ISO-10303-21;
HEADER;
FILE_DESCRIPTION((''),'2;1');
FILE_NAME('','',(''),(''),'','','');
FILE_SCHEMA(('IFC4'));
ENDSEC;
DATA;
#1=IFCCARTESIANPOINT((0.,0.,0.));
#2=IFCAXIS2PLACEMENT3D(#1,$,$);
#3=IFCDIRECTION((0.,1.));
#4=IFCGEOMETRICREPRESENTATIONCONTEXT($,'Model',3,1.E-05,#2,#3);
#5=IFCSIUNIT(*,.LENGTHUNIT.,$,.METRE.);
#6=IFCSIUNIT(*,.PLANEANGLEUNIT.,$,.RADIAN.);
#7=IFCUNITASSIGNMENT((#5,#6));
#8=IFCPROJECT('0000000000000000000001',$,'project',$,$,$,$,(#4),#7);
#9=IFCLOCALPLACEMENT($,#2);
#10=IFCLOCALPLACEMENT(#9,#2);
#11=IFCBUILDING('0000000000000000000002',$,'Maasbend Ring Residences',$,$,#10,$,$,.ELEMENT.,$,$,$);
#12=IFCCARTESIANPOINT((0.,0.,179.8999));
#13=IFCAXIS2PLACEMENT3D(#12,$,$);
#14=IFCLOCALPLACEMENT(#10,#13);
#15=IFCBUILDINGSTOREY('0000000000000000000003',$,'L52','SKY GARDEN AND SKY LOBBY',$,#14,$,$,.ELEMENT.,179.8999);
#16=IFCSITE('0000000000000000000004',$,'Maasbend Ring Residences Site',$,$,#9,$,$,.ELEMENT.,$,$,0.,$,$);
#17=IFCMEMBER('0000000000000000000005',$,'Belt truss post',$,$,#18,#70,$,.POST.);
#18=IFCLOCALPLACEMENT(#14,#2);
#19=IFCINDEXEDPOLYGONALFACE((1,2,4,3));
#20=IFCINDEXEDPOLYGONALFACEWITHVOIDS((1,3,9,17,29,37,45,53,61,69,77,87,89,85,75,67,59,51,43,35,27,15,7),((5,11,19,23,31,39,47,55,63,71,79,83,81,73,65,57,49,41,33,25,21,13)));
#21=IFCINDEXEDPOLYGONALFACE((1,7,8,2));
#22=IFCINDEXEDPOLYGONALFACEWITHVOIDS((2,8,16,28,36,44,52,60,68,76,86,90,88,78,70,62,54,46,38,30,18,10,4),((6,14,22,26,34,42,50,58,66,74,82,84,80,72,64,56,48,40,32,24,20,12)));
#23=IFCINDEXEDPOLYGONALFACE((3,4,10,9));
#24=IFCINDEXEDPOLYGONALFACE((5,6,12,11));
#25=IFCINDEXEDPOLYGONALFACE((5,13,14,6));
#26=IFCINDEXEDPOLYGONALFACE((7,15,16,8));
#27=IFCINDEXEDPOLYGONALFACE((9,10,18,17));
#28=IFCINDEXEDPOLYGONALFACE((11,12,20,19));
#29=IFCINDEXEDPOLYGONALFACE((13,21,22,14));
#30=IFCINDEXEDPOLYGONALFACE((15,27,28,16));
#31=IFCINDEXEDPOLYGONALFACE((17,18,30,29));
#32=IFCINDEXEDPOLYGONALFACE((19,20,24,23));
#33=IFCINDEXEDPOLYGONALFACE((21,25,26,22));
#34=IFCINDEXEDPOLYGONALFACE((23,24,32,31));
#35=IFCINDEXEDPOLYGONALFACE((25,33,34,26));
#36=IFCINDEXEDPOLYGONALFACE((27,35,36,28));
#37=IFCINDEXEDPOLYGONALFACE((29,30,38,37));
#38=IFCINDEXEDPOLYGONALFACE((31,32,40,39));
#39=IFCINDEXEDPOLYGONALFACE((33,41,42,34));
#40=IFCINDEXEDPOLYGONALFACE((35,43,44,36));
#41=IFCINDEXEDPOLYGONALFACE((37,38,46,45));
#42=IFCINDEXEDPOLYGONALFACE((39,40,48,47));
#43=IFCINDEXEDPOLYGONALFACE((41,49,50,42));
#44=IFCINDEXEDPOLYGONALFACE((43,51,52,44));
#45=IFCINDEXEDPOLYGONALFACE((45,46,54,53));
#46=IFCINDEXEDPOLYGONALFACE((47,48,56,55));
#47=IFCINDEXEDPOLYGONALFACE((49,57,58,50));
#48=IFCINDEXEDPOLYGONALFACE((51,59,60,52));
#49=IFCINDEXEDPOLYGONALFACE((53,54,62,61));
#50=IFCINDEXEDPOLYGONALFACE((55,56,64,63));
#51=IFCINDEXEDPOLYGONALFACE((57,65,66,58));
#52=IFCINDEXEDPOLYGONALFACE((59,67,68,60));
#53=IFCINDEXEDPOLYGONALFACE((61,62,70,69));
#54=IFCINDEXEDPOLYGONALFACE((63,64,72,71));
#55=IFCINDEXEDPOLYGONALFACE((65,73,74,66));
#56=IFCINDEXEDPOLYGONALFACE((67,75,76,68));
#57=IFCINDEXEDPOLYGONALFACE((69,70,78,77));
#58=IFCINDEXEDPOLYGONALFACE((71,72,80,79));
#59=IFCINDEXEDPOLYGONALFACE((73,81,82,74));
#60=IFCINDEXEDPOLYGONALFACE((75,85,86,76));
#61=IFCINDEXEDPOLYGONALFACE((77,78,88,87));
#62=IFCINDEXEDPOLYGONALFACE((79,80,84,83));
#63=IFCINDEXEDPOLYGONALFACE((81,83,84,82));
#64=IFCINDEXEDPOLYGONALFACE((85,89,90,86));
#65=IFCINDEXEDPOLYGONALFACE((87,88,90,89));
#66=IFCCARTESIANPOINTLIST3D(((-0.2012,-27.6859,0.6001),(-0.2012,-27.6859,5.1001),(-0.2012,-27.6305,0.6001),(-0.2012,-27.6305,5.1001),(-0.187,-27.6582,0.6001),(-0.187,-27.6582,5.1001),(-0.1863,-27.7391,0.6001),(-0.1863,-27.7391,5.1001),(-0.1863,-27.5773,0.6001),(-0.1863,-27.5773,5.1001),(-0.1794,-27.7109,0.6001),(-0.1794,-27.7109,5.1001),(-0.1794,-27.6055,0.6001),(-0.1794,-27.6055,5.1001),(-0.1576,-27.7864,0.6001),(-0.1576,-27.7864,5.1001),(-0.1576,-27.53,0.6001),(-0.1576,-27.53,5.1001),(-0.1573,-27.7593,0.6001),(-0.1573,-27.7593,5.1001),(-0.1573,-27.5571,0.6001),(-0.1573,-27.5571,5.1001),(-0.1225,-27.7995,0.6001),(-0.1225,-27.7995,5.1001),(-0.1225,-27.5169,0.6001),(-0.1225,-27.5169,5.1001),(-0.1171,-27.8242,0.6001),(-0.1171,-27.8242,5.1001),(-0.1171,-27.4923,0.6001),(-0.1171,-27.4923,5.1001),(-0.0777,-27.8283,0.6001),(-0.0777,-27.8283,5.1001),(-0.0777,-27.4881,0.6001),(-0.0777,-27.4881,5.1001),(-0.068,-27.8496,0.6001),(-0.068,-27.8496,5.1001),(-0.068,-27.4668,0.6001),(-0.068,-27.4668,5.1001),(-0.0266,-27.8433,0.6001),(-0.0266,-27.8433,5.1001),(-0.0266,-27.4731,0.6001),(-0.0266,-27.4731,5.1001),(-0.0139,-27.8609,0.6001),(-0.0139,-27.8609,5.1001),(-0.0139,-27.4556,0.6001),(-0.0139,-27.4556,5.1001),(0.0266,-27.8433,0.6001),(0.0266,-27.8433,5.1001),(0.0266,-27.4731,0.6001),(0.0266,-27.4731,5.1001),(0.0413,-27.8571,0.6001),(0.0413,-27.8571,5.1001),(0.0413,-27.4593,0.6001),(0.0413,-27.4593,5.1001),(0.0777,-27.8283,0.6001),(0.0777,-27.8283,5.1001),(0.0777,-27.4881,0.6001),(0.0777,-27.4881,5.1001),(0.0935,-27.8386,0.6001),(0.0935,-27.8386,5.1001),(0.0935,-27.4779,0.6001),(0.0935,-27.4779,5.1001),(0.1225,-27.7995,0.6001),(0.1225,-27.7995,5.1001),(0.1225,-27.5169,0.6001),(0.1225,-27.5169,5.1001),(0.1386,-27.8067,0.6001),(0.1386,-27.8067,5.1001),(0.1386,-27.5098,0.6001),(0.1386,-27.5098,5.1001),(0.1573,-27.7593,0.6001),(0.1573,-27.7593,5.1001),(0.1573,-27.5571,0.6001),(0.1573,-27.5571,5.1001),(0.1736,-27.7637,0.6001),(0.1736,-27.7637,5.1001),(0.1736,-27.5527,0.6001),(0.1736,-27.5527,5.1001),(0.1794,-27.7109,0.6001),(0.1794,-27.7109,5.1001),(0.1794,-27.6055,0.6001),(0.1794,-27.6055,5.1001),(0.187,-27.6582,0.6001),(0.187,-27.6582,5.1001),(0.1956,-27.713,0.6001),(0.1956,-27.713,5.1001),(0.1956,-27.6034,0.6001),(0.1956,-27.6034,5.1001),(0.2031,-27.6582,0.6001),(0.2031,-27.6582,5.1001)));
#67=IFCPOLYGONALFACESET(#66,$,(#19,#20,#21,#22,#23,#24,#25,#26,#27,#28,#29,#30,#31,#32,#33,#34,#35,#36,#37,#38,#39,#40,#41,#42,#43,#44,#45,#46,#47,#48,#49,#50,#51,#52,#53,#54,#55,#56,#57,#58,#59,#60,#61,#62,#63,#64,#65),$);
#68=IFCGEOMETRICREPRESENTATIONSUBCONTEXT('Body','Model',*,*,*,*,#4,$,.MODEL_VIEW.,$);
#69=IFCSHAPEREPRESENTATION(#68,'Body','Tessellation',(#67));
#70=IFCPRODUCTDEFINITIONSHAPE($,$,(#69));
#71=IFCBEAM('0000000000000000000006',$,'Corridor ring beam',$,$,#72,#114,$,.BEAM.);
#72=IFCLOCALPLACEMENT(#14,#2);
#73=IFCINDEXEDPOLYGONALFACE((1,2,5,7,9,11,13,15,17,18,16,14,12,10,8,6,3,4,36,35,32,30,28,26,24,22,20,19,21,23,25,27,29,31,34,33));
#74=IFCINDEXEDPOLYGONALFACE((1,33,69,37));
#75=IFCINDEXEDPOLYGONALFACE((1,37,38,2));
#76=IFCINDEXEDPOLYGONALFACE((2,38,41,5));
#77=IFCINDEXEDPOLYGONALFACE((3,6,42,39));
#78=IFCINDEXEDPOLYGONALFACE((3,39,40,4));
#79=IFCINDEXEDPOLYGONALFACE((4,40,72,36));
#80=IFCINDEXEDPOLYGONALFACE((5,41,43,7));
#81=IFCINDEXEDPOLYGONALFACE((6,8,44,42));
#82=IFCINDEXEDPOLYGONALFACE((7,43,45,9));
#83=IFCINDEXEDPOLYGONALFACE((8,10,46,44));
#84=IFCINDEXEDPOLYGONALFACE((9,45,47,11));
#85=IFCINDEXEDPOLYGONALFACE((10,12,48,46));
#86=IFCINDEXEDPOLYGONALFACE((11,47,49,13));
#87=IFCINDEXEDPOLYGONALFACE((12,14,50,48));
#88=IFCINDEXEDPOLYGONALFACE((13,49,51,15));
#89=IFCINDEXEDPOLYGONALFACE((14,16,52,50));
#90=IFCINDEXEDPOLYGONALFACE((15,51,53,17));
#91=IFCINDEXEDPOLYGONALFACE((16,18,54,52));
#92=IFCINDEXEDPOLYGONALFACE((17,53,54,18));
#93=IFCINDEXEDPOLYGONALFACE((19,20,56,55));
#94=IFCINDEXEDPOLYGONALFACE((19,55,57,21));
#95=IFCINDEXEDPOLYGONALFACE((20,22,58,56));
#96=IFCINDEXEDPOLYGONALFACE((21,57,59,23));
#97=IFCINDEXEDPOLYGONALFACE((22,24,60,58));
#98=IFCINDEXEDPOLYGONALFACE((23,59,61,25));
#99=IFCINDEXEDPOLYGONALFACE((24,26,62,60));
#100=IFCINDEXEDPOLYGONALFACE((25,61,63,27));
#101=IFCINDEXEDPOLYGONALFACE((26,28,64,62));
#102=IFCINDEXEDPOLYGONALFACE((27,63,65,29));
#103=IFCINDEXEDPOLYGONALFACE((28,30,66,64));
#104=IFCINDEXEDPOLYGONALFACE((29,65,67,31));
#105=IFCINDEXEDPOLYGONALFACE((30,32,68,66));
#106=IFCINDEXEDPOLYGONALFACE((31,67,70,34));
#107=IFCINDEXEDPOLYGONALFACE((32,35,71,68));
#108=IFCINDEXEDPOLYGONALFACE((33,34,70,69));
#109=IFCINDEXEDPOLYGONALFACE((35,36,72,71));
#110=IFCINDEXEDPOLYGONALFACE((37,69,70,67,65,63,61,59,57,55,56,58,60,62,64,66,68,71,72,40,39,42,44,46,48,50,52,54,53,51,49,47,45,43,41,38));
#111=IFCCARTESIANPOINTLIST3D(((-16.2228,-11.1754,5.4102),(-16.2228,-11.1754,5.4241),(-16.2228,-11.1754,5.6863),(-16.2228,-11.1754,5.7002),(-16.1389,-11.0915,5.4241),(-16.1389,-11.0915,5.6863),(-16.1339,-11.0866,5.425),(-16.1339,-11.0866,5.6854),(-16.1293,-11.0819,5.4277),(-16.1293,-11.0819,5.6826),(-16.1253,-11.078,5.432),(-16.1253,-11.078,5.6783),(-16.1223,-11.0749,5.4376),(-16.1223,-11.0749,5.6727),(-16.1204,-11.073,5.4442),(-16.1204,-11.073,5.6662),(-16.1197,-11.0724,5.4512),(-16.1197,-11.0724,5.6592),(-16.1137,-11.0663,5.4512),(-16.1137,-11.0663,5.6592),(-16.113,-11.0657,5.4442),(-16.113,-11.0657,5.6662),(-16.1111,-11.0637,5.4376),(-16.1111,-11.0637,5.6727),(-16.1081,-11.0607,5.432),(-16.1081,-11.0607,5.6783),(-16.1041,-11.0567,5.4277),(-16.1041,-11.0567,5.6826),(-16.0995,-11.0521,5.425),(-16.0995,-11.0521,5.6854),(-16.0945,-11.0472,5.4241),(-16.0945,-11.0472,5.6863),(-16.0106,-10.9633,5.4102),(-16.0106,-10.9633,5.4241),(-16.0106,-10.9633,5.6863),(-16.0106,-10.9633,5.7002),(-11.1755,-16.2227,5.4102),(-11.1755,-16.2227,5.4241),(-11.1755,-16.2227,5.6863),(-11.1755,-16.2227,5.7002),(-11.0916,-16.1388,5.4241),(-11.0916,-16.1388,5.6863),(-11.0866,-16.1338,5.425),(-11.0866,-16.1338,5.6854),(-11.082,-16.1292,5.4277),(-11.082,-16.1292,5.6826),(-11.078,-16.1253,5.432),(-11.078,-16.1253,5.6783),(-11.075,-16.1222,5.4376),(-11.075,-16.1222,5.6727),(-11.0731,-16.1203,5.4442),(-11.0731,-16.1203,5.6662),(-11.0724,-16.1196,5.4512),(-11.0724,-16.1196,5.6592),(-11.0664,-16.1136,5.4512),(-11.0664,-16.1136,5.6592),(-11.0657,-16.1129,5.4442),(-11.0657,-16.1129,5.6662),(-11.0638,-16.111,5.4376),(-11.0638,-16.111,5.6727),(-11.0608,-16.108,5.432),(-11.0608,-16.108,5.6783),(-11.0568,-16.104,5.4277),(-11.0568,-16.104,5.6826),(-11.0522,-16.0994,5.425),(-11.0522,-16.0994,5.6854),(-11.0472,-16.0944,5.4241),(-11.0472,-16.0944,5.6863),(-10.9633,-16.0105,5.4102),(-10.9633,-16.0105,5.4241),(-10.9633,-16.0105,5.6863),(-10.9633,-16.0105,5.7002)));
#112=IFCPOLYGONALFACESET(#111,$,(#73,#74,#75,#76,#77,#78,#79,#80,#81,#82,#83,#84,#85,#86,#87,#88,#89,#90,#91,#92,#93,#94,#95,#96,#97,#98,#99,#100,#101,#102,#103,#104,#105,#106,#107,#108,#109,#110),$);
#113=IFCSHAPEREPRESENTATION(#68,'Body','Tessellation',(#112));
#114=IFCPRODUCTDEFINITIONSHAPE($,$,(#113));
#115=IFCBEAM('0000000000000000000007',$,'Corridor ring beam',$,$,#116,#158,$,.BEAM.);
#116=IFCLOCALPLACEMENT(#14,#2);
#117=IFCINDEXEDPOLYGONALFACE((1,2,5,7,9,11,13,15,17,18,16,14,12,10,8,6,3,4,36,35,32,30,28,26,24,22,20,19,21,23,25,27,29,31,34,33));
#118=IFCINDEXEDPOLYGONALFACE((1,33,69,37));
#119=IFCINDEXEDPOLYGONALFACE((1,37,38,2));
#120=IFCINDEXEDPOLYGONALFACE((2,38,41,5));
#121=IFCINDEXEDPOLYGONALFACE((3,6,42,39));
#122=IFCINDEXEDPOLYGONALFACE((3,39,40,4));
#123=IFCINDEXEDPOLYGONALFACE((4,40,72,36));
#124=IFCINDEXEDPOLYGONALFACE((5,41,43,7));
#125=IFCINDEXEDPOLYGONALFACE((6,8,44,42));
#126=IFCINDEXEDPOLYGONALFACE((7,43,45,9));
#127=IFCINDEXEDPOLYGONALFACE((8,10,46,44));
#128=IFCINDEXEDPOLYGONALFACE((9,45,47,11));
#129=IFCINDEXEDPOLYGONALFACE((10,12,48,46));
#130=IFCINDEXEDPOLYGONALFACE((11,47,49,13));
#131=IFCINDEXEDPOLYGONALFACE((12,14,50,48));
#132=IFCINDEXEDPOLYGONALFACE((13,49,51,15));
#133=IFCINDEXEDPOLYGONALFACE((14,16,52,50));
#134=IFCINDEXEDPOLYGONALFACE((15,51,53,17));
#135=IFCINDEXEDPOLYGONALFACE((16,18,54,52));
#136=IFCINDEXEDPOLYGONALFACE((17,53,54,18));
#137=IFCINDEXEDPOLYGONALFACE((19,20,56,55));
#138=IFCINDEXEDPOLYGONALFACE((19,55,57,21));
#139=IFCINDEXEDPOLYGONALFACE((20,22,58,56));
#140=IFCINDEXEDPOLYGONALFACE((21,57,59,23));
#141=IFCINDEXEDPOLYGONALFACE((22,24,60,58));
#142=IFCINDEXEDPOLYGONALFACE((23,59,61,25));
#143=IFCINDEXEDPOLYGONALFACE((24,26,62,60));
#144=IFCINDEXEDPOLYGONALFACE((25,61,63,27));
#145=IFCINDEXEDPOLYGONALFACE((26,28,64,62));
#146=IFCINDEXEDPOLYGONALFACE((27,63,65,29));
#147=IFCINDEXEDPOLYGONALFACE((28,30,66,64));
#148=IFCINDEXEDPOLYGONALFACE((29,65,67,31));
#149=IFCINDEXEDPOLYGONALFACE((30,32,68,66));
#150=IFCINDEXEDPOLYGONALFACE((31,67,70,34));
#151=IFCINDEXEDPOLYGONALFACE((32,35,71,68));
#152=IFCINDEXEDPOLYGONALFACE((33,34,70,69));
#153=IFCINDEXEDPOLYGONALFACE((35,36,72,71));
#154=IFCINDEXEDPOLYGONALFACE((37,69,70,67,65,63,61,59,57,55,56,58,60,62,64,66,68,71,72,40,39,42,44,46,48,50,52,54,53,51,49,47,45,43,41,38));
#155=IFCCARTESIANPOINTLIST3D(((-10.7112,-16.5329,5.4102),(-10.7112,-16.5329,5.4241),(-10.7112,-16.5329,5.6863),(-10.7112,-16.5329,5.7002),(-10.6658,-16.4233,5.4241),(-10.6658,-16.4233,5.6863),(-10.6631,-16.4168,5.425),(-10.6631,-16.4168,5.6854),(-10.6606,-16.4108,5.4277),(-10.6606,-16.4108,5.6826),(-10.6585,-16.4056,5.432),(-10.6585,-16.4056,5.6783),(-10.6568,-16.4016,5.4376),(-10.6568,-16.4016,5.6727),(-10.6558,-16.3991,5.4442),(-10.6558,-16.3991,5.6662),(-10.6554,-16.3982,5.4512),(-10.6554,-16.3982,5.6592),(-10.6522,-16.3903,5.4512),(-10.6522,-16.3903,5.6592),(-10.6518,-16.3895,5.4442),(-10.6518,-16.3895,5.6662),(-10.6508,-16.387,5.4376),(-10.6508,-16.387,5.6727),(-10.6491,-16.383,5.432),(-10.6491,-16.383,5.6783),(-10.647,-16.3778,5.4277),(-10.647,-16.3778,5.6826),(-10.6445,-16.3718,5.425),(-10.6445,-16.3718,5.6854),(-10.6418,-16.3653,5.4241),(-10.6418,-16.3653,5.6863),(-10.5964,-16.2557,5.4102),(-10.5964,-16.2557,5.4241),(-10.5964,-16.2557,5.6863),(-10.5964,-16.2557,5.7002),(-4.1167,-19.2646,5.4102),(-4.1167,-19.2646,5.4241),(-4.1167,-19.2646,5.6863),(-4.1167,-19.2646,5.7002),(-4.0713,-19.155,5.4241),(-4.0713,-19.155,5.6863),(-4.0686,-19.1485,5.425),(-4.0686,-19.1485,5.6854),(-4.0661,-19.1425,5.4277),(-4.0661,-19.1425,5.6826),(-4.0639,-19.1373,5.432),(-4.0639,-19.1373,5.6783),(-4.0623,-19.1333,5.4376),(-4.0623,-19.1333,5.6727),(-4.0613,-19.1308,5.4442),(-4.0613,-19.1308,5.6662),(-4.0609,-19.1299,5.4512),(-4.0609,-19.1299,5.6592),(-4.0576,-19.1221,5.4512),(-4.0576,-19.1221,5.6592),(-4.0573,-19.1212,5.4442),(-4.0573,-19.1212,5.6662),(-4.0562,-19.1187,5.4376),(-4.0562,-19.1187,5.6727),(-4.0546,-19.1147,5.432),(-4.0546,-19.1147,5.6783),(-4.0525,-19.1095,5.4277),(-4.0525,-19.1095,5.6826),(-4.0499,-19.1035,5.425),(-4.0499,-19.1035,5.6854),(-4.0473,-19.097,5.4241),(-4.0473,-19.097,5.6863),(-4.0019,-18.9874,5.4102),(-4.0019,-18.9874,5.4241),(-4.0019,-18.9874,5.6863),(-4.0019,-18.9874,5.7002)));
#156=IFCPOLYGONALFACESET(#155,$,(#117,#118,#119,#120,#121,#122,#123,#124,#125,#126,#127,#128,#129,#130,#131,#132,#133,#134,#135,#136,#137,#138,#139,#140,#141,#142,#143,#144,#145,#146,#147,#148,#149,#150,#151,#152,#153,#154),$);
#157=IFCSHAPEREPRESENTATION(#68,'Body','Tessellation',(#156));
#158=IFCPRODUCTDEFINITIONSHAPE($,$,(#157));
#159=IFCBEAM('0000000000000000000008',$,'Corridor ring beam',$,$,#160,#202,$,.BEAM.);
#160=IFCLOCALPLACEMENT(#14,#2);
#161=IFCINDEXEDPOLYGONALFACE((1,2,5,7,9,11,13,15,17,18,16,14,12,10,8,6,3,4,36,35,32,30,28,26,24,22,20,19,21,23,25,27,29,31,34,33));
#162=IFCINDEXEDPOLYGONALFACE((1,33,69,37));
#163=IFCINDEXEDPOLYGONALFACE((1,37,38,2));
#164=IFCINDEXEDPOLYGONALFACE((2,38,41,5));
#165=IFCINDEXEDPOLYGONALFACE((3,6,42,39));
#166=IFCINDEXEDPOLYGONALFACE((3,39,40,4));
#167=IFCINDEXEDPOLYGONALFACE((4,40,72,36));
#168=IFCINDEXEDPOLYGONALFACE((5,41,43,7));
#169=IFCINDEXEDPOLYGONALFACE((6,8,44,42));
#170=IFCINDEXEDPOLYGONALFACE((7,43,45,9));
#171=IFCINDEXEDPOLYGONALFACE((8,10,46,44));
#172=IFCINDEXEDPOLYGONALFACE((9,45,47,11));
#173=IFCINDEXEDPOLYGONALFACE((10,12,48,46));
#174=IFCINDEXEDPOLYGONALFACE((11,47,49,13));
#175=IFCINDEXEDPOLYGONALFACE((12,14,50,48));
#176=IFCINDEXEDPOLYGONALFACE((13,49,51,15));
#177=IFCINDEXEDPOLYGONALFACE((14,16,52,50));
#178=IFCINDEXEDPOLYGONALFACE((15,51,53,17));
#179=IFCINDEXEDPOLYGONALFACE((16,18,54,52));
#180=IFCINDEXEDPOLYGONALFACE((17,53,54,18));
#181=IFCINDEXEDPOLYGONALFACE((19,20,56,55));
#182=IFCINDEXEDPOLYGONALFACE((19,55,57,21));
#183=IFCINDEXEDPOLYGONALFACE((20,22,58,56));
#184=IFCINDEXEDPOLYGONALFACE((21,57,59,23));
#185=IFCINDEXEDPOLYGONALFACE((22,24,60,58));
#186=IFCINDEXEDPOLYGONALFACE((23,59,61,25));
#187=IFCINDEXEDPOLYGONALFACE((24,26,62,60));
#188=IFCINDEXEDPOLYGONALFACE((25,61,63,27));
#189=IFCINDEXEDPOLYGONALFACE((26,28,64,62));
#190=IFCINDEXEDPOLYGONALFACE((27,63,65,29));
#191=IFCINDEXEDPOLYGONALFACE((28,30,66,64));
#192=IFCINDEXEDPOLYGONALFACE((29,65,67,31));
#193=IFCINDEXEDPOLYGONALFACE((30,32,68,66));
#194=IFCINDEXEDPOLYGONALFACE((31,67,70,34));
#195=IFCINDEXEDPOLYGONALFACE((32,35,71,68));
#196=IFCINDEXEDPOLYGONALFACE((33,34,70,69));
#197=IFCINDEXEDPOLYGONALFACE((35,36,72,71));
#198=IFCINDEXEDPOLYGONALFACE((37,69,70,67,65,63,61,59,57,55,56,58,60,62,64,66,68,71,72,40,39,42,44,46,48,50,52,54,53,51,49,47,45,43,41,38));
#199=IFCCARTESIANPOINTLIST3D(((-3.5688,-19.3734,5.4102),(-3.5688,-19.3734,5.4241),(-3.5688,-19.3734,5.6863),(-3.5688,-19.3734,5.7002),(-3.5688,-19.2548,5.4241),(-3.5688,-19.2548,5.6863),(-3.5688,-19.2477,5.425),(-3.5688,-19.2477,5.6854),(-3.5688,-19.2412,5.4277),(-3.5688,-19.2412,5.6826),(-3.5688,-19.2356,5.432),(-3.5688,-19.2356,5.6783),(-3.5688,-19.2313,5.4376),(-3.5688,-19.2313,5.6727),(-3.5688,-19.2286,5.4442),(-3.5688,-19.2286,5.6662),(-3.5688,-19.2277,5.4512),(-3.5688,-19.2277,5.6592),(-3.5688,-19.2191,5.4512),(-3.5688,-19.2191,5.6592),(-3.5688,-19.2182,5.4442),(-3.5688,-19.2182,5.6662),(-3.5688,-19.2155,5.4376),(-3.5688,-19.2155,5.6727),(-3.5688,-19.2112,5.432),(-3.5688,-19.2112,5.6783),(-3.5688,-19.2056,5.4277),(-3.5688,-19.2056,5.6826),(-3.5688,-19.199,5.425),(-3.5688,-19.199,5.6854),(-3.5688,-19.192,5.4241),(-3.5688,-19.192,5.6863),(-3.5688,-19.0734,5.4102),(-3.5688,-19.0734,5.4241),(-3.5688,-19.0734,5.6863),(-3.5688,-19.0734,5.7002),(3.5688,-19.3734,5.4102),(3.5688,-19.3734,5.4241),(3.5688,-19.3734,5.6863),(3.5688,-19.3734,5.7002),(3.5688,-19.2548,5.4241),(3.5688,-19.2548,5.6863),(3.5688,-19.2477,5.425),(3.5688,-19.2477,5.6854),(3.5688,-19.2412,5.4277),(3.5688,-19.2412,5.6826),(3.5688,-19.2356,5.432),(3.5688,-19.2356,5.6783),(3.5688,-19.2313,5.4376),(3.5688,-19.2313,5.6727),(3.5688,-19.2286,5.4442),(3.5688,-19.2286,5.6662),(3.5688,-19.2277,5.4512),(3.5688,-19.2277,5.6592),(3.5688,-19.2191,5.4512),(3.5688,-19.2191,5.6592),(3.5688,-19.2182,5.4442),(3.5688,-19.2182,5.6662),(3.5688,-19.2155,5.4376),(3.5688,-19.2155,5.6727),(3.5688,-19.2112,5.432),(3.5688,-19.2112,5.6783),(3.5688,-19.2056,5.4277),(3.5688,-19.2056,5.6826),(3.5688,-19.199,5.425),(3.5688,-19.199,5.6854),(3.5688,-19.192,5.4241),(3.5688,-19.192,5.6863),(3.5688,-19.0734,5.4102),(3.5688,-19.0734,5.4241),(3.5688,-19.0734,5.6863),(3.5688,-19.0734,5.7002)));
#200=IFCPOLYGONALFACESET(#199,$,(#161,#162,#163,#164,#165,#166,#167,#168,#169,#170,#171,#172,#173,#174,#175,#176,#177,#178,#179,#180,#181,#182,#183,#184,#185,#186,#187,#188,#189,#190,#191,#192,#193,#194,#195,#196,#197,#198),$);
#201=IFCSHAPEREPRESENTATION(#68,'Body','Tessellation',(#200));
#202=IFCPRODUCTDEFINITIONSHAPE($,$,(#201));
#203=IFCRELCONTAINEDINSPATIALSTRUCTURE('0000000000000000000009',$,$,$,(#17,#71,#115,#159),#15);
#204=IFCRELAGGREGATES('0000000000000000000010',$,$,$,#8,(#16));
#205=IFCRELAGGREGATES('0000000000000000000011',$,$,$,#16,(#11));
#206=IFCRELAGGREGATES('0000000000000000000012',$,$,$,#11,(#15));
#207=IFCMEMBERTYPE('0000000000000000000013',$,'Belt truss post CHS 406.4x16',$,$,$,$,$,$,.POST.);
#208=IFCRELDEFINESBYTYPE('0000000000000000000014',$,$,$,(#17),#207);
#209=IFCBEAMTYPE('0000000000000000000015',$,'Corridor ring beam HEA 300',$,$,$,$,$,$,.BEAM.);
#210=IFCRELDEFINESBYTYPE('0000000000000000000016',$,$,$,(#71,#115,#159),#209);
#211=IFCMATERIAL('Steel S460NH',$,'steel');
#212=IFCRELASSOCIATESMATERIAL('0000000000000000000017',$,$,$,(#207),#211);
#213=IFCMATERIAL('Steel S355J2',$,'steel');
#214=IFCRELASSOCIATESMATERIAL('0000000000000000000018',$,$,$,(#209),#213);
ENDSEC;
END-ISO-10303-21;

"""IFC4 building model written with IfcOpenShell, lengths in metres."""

from ifc_helpers import new_model, si_unit, direction, frame, origin, origin_2d, place, context, subcontext, project, spatial, hollow_circle, i_section, extrude, material, material_profile, profile_set, type_object, element, save


model = new_model("IFC4")

# Units and contexts
model_context = context("Model", 3, precision=1e-05, world=origin(), true_north=direction((0.0, 1.0)))
body_context = subcontext(model_context, "Body", "Model", "MODEL_VIEW")
ifc_project = project(units=[si_unit("LENGTHUNIT", "METRE"), si_unit("PLANEANGLEUNIT", "RADIAN")], contexts=[model_context])

# Site, building, storey
site_placement = place(None, origin())
site = spatial("IfcSite", under=ifc_project, at=site_placement, Name="Maasbend Ring Residences Site", CompositionType="ELEMENT", RefElevation=0.0)
building_placement = place(site_placement, origin())
building = spatial("IfcBuilding", under=site, at=building_placement, Name="Maasbend Ring Residences", CompositionType="ELEMENT")
storey_placement = place(building_placement, frame((0.0, 0.0, 179.8999)))
storey = spatial("IfcBuildingStorey", under=building, at=storey_placement, Name="L52", Description="SKY GARDEN AND SKY LOBBY", CompositionType="ELEMENT", Elevation=179.8999)

# Member
ifc_material_1 = material(Name="Steel S460NH", Category="steel")
ifc_material_profile_1 = material_profile(ifc_material_1, hollow_circle(Radius=0.2031, WallThickness=0.0161, at=origin_2d()), Name="Belt truss post CHS 406.4x16")
ifc_profile_set_1 = profile_set([ifc_material_profile_1], Name="Steel S460NH")
member_type_1 = type_object("IfcMemberType", Name="Belt truss post CHS 406.4x16", PredefinedType="POST", material=ifc_profile_set_1)
for number, where, z_axis, x_axis, name in (
    (1, (0.0, -27.6582, 0.6001), (0.0, 0.0, 1.0), (1.0, 0.0, 0.0), "Belt truss post"),
):
    element("IfcMember", number, at=place(storey_placement, frame(where, z_axis=z_axis, x_axis=x_axis)), inside=storey, type_object=member_type_1, Name=name, PredefinedType="POST", context=body_context, shape_type="SweptSolid", body=[
        extrude(hollow_circle(Radius=0.2031, WallThickness=0.0161, at=origin_2d()), origin(), (0.0, 0.0, 1.0), 4.5),
    ])

# Beams
ifc_material_2 = material(Name="Steel S355J2", Category="steel")
ifc_material_profile_2 = material_profile(ifc_material_2, i_section(OverallWidth=0.3, OverallDepth=0.29, WebThickness=0.0085, FlangeThickness=0.0139, FilletRadius=0.0271, at=origin_2d()), Name="HEA 300")
ifc_profile_set_2 = profile_set([ifc_material_profile_2], Name="Steel S355J2")
beam_type_1 = type_object("IfcBeamType", Name="Corridor ring beam HEA 300", PredefinedType="BEAM", material=ifc_profile_set_2)
for number, where, z_axis, x_axis, name in (
    (2, (-16.1167, -11.0693, 5.5552), (0.707107, -0.707107, 0.0), (0.707107, 0.707107, 0.0), "Corridor ring beam"),
    (3, (-10.6538, -16.3943, 5.5552), (0.923871, -0.382703, 0.0), (0.382703, 0.923871, 0.0), "Corridor ring beam"),
):
    element("IfcBeam", number, at=place(storey_placement, frame(where, z_axis=z_axis, x_axis=x_axis)), inside=storey, type_object=beam_type_1, Name=name, PredefinedType="BEAM", context=body_context, shape_type="SweptSolid", body=[
        extrude(i_section(OverallWidth=0.3, OverallDepth=0.29, WebThickness=0.0085, FlangeThickness=0.0139, FilletRadius=0.0271, at=origin_2d()), origin(), (0.0, 0.0, 1.0), 7.1379),
    ])
beam_1_placement = place(storey_placement, frame((-3.5688, -19.2234, 5.5552), z_axis=(1.0, 0.0, 0.0), x_axis=(0.0, 1.0, 0.0)))
element("IfcBeam", 4, at=beam_1_placement, inside=storey, type_object=beam_type_1, Name="Corridor ring beam", PredefinedType="BEAM", context=body_context, shape_type="SweptSolid", body=[
    extrude(i_section(OverallWidth=0.3, OverallDepth=0.29, WebThickness=0.0085, FlangeThickness=0.0139, FilletRadius=0.0271, at=origin_2d()), origin(), (0.0, 0.0, 1.0), 7.1377),
])

save(model, "model.ifc")
